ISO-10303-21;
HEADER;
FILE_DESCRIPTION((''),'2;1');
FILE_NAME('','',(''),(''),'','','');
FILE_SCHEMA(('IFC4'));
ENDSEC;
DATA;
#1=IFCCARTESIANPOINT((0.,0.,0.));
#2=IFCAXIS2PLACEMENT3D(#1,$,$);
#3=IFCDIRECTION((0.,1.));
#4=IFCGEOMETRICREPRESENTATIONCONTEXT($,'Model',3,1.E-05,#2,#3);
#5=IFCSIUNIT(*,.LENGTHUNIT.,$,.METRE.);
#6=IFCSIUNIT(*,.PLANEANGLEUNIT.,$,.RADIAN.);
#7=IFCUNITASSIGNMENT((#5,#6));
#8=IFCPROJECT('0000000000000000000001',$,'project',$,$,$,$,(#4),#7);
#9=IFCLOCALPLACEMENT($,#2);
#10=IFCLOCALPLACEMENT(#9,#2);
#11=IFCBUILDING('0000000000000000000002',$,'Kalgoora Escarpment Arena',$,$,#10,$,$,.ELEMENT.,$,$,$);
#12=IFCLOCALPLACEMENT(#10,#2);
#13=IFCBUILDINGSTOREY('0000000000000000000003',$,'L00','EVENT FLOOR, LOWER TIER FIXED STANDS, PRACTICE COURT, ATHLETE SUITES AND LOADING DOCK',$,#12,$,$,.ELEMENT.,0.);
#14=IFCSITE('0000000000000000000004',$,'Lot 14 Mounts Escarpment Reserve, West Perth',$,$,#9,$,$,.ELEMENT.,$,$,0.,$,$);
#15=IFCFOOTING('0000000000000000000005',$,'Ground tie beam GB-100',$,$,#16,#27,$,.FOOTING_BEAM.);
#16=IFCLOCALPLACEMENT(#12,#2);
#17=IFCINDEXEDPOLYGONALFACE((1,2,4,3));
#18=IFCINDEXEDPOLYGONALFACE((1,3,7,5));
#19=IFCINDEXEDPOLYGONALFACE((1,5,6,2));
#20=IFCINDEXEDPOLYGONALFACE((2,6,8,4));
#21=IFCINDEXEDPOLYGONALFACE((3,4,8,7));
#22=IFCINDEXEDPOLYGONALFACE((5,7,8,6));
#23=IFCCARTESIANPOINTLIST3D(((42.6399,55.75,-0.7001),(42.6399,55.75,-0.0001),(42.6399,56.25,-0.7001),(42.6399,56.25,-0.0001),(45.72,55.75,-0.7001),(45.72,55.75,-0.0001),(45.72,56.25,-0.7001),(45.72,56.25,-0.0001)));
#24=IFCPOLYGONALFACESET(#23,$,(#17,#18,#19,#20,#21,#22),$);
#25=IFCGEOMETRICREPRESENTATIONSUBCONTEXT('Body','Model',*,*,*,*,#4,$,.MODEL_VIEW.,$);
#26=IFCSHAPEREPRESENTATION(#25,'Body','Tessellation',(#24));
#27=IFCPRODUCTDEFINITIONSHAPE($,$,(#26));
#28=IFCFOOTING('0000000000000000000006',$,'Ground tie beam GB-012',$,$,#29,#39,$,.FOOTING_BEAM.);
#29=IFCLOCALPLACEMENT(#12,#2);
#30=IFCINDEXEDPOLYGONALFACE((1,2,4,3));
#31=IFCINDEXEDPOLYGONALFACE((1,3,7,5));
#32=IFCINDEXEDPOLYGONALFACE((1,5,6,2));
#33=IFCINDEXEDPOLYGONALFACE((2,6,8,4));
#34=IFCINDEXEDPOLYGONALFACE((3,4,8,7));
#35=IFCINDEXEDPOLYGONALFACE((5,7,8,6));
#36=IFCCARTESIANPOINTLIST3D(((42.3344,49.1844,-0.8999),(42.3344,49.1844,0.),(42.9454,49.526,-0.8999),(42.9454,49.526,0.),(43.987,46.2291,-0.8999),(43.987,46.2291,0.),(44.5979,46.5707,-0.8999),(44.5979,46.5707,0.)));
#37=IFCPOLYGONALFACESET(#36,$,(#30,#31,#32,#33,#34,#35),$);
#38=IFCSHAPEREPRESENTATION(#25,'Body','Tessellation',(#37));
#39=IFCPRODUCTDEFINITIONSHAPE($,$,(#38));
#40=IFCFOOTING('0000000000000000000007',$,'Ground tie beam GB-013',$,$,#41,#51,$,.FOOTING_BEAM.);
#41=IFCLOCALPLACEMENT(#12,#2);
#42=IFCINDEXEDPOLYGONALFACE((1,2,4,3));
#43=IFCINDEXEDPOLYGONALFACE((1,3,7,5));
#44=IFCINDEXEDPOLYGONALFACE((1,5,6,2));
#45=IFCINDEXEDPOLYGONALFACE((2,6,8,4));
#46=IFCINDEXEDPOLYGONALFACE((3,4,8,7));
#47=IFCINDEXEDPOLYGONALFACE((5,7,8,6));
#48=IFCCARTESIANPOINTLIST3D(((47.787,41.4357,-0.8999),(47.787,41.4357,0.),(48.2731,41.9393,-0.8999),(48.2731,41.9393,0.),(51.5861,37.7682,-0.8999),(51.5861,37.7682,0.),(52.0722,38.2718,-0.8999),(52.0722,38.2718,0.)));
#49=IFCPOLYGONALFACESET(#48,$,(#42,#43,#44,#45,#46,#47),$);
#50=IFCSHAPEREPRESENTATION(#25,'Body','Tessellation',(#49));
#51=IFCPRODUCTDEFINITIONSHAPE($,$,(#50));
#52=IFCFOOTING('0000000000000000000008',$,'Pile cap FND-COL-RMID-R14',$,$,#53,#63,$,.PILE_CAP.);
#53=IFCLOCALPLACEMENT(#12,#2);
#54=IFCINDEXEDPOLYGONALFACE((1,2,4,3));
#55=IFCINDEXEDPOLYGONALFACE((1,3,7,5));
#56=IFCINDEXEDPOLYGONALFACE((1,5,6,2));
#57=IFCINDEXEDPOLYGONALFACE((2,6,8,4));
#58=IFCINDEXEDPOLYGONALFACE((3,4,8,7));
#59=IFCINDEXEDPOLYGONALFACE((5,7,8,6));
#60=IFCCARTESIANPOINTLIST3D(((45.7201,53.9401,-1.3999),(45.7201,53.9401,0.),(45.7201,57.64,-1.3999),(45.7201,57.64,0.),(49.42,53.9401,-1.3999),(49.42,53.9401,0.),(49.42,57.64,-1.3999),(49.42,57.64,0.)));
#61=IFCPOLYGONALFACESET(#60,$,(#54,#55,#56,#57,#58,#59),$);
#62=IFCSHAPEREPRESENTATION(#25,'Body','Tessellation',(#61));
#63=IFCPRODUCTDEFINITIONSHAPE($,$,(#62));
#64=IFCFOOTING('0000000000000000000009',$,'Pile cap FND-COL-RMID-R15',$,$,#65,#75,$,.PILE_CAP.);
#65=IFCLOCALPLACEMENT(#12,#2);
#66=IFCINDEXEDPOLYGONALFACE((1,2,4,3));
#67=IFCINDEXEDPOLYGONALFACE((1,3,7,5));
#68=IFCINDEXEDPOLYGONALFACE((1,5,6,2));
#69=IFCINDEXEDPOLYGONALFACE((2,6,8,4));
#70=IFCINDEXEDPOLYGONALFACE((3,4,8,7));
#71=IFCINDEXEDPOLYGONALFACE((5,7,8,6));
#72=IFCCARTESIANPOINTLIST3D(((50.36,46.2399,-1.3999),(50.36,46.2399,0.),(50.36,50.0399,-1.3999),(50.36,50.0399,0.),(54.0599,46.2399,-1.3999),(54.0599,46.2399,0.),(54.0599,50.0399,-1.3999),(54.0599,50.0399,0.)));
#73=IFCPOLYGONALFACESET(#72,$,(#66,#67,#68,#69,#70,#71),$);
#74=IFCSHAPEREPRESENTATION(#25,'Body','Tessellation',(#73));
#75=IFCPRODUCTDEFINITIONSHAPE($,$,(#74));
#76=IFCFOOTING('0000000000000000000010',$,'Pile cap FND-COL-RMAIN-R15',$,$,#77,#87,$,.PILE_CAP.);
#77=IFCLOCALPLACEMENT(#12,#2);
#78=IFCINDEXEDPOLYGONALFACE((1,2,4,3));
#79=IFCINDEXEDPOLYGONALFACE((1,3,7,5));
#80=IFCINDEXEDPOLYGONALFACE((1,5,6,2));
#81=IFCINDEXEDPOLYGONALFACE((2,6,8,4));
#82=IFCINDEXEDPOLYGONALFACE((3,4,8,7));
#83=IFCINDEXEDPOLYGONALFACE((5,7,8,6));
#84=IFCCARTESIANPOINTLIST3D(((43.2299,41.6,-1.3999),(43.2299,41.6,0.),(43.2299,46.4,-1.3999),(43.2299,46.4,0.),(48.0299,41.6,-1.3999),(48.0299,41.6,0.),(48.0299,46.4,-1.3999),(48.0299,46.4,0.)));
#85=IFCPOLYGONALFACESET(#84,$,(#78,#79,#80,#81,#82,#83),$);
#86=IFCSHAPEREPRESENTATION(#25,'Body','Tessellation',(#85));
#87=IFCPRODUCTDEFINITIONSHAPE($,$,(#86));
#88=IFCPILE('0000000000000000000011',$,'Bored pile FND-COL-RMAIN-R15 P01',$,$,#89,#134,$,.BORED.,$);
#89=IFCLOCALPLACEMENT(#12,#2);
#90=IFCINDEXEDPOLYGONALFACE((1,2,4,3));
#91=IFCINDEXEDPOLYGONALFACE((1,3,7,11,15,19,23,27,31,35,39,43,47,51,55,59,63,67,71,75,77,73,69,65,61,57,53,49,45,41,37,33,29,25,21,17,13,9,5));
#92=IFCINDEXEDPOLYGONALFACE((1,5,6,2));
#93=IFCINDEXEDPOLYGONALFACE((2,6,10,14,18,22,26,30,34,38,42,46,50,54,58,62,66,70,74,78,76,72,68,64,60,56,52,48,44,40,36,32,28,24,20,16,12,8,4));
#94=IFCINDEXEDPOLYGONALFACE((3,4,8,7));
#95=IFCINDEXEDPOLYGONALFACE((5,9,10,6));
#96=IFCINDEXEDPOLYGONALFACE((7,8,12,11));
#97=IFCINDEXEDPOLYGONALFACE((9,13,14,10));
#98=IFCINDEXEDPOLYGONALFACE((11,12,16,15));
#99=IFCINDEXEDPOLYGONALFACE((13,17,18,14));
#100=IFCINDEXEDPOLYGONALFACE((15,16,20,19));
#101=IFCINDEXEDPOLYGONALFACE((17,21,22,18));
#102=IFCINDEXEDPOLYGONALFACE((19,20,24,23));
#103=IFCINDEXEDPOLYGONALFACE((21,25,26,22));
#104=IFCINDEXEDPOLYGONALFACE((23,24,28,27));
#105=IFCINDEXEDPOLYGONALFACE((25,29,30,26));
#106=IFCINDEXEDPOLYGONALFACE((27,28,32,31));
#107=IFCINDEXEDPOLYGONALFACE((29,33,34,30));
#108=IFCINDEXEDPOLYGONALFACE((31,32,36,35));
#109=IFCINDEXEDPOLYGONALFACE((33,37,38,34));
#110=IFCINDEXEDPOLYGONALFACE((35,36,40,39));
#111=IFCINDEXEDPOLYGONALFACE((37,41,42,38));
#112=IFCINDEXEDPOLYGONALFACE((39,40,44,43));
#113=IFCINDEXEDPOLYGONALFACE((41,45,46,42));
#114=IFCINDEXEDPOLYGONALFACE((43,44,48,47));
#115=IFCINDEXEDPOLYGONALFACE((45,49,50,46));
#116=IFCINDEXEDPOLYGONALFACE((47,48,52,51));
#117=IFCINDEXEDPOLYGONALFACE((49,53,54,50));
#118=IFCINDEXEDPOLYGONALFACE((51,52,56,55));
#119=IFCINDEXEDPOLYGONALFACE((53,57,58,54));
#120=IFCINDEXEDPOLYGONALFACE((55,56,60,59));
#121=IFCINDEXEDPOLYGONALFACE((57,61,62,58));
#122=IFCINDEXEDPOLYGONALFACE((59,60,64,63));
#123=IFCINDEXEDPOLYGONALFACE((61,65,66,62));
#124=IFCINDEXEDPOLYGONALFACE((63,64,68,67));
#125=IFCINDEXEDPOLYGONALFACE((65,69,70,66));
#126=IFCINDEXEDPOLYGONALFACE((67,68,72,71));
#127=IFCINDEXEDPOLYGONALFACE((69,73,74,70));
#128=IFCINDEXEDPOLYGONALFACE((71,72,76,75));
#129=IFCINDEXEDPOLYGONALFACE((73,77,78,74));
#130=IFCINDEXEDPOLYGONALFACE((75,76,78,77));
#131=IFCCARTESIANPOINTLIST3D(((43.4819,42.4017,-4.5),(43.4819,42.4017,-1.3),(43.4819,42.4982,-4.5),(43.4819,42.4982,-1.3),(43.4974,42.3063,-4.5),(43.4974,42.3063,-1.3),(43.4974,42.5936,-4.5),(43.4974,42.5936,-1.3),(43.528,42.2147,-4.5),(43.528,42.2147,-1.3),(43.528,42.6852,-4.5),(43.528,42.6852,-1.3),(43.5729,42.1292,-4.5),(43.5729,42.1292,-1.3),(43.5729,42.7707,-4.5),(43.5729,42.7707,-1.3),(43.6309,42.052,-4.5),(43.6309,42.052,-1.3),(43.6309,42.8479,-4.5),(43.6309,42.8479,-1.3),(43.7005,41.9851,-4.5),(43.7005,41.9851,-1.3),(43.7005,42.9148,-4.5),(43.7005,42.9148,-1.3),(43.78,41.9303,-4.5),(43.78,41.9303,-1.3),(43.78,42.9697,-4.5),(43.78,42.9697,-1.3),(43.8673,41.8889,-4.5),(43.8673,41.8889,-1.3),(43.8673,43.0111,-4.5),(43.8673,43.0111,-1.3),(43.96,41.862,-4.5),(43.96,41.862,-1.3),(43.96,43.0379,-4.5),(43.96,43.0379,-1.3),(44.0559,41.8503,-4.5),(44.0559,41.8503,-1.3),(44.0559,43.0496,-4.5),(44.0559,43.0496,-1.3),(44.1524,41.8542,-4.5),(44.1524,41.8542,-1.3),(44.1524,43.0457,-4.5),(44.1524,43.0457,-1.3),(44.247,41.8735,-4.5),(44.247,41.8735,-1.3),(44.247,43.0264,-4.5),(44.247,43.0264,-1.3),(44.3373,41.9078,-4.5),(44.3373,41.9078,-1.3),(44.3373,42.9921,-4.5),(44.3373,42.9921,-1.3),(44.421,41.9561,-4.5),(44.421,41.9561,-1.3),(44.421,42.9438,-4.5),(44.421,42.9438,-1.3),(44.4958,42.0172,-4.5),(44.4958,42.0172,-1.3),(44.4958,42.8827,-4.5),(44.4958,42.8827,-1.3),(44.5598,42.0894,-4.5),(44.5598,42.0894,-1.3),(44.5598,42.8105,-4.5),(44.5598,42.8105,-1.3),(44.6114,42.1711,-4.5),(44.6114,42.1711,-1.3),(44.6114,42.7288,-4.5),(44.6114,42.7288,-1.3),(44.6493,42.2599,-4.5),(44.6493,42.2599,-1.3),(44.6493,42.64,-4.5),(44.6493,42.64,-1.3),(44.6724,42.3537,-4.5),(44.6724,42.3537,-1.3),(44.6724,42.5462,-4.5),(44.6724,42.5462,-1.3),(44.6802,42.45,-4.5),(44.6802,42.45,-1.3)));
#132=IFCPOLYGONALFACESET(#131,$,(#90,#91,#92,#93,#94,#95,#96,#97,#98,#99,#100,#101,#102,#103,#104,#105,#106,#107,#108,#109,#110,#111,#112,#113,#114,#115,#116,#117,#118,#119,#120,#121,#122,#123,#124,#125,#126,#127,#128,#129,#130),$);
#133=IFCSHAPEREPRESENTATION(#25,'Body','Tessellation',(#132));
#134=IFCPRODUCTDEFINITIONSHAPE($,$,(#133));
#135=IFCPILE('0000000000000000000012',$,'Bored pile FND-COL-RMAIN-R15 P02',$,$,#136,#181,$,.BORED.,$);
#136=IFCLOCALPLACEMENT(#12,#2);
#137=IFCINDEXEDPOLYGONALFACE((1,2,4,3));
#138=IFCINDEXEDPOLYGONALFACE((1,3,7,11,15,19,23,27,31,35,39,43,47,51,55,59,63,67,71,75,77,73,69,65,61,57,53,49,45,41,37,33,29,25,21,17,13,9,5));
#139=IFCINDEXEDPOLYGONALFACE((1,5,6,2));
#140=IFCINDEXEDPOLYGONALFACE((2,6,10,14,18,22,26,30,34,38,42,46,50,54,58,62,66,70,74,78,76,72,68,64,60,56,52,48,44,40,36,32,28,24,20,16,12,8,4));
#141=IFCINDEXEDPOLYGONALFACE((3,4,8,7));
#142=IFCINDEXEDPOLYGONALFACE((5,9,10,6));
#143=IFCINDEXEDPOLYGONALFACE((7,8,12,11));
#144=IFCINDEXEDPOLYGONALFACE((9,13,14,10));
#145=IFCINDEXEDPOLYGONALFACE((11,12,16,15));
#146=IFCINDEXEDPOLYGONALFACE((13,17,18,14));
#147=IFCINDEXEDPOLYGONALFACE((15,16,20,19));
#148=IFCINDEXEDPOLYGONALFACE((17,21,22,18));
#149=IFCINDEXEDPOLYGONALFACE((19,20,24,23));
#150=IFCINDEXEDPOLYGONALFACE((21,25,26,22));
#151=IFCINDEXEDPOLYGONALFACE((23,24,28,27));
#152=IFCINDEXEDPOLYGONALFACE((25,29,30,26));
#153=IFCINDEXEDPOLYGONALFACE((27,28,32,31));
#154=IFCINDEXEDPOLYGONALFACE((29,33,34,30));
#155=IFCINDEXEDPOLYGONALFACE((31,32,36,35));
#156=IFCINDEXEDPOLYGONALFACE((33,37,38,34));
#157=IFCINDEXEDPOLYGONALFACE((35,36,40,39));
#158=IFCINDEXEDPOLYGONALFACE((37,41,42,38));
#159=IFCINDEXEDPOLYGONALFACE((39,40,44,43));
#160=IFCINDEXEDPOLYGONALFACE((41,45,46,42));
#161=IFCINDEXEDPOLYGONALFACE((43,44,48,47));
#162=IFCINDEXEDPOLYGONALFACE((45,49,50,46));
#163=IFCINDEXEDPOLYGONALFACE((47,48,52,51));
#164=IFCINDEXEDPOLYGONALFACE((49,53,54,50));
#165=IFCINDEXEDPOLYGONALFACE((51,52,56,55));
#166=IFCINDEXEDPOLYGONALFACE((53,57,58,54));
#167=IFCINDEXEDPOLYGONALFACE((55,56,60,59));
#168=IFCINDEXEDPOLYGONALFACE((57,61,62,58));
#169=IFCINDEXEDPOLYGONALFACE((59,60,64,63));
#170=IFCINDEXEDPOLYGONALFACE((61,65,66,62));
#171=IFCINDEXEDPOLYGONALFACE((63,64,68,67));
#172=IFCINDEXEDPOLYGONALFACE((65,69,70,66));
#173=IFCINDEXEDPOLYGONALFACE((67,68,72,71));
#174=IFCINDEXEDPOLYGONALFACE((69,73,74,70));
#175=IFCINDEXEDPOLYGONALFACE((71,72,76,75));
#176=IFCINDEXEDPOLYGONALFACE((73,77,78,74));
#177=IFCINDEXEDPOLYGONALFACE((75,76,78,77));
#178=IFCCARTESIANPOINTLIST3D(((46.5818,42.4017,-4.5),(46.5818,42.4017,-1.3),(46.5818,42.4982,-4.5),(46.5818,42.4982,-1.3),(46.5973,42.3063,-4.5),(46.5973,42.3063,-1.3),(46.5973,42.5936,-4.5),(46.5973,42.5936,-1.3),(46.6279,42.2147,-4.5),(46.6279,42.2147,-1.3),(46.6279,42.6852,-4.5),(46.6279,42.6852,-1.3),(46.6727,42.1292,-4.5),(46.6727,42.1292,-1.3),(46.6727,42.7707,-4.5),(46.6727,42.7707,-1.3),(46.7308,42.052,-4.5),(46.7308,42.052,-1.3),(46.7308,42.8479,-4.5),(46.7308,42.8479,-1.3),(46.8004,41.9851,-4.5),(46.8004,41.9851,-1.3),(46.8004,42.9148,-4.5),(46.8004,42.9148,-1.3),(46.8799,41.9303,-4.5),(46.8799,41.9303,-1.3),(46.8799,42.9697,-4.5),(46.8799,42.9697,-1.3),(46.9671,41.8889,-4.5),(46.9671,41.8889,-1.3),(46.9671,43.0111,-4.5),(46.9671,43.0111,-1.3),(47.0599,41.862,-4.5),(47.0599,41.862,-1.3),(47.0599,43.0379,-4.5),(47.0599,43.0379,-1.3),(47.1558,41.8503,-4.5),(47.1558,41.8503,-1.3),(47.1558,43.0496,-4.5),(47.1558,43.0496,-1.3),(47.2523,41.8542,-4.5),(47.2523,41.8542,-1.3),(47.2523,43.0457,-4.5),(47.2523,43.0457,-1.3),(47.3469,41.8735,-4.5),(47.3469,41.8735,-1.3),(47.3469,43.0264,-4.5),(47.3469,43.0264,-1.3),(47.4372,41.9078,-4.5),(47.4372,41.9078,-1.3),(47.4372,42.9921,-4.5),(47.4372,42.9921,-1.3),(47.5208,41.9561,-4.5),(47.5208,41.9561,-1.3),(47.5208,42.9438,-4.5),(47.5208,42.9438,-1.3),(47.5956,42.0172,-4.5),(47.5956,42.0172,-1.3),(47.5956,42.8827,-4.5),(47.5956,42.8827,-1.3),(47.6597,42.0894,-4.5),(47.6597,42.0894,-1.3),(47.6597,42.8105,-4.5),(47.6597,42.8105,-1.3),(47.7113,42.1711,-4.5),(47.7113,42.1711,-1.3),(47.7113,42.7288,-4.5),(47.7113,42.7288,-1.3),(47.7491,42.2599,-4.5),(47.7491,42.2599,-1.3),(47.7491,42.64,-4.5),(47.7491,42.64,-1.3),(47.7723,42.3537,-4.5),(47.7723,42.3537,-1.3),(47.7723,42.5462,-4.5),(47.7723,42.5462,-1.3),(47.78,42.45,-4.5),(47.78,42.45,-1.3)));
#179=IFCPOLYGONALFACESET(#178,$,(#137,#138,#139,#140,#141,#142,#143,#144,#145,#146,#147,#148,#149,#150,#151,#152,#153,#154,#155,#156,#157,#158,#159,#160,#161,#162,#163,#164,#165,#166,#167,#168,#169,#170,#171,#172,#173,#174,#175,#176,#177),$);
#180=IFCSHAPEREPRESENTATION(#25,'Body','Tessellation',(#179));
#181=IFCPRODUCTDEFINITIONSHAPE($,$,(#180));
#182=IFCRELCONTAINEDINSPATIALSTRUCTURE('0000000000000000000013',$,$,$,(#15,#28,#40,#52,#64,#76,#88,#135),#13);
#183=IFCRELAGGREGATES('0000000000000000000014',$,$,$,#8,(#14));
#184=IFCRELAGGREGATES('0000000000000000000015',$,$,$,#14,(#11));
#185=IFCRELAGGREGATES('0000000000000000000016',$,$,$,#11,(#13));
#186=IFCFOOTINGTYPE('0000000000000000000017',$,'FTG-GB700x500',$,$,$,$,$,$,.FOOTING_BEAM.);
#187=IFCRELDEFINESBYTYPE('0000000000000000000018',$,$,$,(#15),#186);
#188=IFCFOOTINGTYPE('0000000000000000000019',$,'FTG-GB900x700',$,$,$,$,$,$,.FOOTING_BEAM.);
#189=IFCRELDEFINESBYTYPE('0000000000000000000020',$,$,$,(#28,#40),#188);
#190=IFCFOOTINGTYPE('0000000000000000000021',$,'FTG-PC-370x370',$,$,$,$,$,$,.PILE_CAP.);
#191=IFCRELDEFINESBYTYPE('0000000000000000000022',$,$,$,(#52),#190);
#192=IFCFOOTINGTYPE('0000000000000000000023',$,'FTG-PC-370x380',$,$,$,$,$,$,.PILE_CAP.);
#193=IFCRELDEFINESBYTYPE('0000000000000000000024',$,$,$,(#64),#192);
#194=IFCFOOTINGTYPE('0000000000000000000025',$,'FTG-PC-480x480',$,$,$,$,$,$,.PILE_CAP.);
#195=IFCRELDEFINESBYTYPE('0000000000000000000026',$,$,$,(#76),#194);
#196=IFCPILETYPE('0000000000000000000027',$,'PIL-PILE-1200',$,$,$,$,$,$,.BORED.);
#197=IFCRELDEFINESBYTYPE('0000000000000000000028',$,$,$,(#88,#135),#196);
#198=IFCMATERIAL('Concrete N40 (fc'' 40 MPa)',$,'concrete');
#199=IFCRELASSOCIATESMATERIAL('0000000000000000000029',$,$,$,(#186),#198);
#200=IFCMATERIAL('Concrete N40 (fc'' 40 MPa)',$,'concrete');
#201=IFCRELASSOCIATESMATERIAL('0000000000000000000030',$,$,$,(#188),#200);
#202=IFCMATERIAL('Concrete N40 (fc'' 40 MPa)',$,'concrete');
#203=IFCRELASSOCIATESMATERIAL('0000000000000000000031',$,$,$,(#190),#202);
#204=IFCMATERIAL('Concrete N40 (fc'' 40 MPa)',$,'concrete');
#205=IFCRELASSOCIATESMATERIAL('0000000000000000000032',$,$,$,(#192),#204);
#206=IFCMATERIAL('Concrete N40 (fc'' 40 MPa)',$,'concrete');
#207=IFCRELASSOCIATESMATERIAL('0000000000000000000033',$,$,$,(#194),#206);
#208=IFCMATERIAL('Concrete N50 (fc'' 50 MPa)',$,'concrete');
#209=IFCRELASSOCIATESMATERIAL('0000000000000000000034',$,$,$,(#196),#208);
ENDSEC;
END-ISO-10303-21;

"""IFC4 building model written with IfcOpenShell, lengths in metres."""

from ifc_helpers import new_model, si_unit, direction, frame, origin, origin_2d, place, context, subcontext, project, spatial, rectangle, circle, extrude, material, material_profile, profile_set, type_object, element, save


model = new_model("IFC4")

# Units and contexts
model_context = context("Model", 3, precision=1e-05, world=origin(), true_north=direction((0.0, 1.0)))
body_context = subcontext(model_context, "Body", "Model", "MODEL_VIEW")
ifc_project = project(units=[si_unit("LENGTHUNIT", "METRE"), si_unit("PLANEANGLEUNIT", "RADIAN")], contexts=[model_context])

# Site, building, storey
site_placement = place(None, origin())
site = spatial("IfcSite", under=ifc_project, at=site_placement, Name="Lot 14 Mounts Escarpment Reserve, West Perth", CompositionType="ELEMENT", RefElevation=0.0)
building_placement = place(site_placement, origin())
building = spatial("IfcBuilding", under=site, at=building_placement, Name="Kalgoora Escarpment Arena", CompositionType="ELEMENT")
storey_placement = place(building_placement, origin())
storey = spatial("IfcBuildingStorey", under=building, at=storey_placement, Name="L00", Description="EVENT FLOOR, LOWER TIER FIXED STANDS, PRACTICE COURT, ATHLETE SUITES AND LOADING DOCK", CompositionType="ELEMENT", Elevation=0.0)

# Footings
ifc_material_1 = material(Name="Concrete N40 (fc' 40 MPa)", Category="concrete")
ifc_material_profile_1 = material_profile(ifc_material_1, rectangle(XDim=0.5, YDim=0.7, at=origin_2d()))
ifc_profile_set_1 = profile_set([ifc_material_profile_1], Name="Concrete N40 (fc' 40 MPa)")
footing_type_1 = type_object("IfcFootingType", Name="FTG-GB700x500", PredefinedType="FOOTING_BEAM", material=ifc_profile_set_1)
footing_1_placement = place(storey_placement, frame((42.6399, 56.0, -0.3501), z_axis=(1.0, 0.0, 0.0), x_axis=(0.0, 1.0, 0.0)))
element("IfcFooting", 1, at=footing_1_placement, inside=storey, type_object=footing_type_1, Name="Ground tie beam GB-100", PredefinedType="FOOTING_BEAM", context=body_context, shape_type="SweptSolid", body=[
    extrude(rectangle(XDim=0.5, YDim=0.7, at=origin_2d()), origin(), (0.0, 0.0, 1.0), 3.0801),
])
ifc_material_2 = material(Name="Concrete N40 (fc' 40 MPa)", Category="concrete")
ifc_material_profile_2 = material_profile(ifc_material_2, rectangle(XDim=0.7, YDim=0.8999, at=origin_2d()))
ifc_profile_set_2 = profile_set([ifc_material_profile_2], Name="Concrete N40 (fc' 40 MPa)")
footing_type_2 = type_object("IfcFootingType", Name="FTG-GB900x700", PredefinedType="FOOTING_BEAM", material=ifc_profile_set_2)
footing_2_placement = place(storey_placement, frame((42.6399, 49.3552, -0.45), z_axis=(0.488065, -0.872807, 0.0), x_axis=(0.872807, 0.488065, 0.0)))
element("IfcFooting", 2, at=footing_2_placement, inside=storey, type_object=footing_type_2, Name="Ground tie beam GB-012", PredefinedType="FOOTING_BEAM", context=body_context, shape_type="SweptSolid", body=[
    extrude(rectangle(XDim=0.7, YDim=0.8999, at=origin_2d()), origin(), (0.0, 0.0, 1.0), 3.386),
])
footing_3_placement = place(storey_placement, frame((48.03, 41.6875, -0.45), z_axis=(0.719457, -0.694537, 0.0), x_axis=(0.694537, 0.719457, 0.0)))
element("IfcFooting", 3, at=footing_3_placement, inside=storey, type_object=footing_type_2, Name="Ground tie beam GB-013", PredefinedType="FOOTING_BEAM", context=body_context, shape_type="SweptSolid", body=[
    extrude(rectangle(XDim=0.7, YDim=0.8999, at=origin_2d()), origin(), (0.0, 0.0, 1.0), 5.2805),
])
ifc_material_3 = material(Name="Concrete N40 (fc' 40 MPa)", Category="concrete")
footing_type_3 = type_object("IfcFootingType", Name="FTG-PC-370x370", PredefinedType="PILE_CAP", material=ifc_material_3)
footing_4_placement = place(storey_placement, frame((47.5701, 55.79, -1.3999), z_axis=(0.0, 0.0, 1.0), x_axis=(1.0, 0.0, 0.0)))
element("IfcFooting", 4, at=footing_4_placement, inside=storey, type_object=footing_type_3, Name="Pile cap FND-COL-RMID-R14", PredefinedType="PILE_CAP", context=body_context, shape_type="SweptSolid", body=[
    extrude(rectangle(XDim=3.7, YDim=3.7, at=origin_2d()), origin(), (0.0, 0.0, 1.0), 1.3999),
])
ifc_material_4 = material(Name="Concrete N40 (fc' 40 MPa)", Category="concrete")
footing_type_4 = type_object("IfcFootingType", Name="FTG-PC-370x380", PredefinedType="PILE_CAP", material=ifc_material_4)
footing_5_placement = place(storey_placement, frame((52.21, 48.1399, -1.3999), z_axis=(0.0, 0.0, 1.0), x_axis=(1.0, 0.0, 0.0)))
element("IfcFooting", 5, at=footing_5_placement, inside=storey, type_object=footing_type_4, Name="Pile cap FND-COL-RMID-R15", PredefinedType="PILE_CAP", context=body_context, shape_type="SweptSolid", body=[
    extrude(rectangle(XDim=3.7, YDim=3.8, at=origin_2d()), origin(), (0.0, 0.0, 1.0), 1.3999),
])
ifc_material_5 = material(Name="Concrete N40 (fc' 40 MPa)", Category="concrete")
footing_type_5 = type_object("IfcFootingType", Name="FTG-PC-480x480", PredefinedType="PILE_CAP", material=ifc_material_5)
footing_6_placement = place(storey_placement, frame((45.6299, 44.0, -1.3999), z_axis=(0.0, 0.0, 1.0), x_axis=(1.0, 0.0, 0.0)))
element("IfcFooting", 6, at=footing_6_placement, inside=storey, type_object=footing_type_5, Name="Pile cap FND-COL-RMAIN-R15", PredefinedType="PILE_CAP", context=body_context, shape_type="SweptSolid", body=[
    extrude(rectangle(XDim=4.8, YDim=4.8, at=origin_2d()), origin(), (0.0, 0.0, 1.0), 1.3999),
])

# Piles
ifc_material_6 = material(Name="Concrete N50 (fc' 50 MPa)", Category="concrete")
ifc_material_profile_3 = material_profile(ifc_material_6, circle(Radius=0.6001, at=origin_2d()))
ifc_profile_set_3 = profile_set([ifc_material_profile_3], Name="Concrete N50 (fc' 50 MPa)")
pile_type_1 = type_object("IfcPileType", Name="PIL-PILE-1200", PredefinedType="BORED", material=ifc_profile_set_3)
for number, where, z_axis, x_axis, name in (
    (7, (44.0801, 42.45, -1.3), (0.0, 0.0, -1.0), (1.0, 0.0, 0.0), "Bored pile FND-COL-RMAIN-R15 P01"),
    (8, (47.1799, 42.45, -1.3), (0.0, 0.0, -1.0), (1.0, 0.0, 0.0), "Bored pile FND-COL-RMAIN-R15 P02"),
):
    element("IfcPile", number, at=place(storey_placement, frame(where, z_axis=z_axis, x_axis=x_axis)), inside=storey, type_object=pile_type_1, Name=name, PredefinedType="BORED", context=body_context, shape_type="SweptSolid", body=[
        extrude(circle(Radius=0.6001, at=origin_2d()), origin(), (0.0, 0.0, 1.0), 3.2),
    ])

save(model, "model.ifc")
